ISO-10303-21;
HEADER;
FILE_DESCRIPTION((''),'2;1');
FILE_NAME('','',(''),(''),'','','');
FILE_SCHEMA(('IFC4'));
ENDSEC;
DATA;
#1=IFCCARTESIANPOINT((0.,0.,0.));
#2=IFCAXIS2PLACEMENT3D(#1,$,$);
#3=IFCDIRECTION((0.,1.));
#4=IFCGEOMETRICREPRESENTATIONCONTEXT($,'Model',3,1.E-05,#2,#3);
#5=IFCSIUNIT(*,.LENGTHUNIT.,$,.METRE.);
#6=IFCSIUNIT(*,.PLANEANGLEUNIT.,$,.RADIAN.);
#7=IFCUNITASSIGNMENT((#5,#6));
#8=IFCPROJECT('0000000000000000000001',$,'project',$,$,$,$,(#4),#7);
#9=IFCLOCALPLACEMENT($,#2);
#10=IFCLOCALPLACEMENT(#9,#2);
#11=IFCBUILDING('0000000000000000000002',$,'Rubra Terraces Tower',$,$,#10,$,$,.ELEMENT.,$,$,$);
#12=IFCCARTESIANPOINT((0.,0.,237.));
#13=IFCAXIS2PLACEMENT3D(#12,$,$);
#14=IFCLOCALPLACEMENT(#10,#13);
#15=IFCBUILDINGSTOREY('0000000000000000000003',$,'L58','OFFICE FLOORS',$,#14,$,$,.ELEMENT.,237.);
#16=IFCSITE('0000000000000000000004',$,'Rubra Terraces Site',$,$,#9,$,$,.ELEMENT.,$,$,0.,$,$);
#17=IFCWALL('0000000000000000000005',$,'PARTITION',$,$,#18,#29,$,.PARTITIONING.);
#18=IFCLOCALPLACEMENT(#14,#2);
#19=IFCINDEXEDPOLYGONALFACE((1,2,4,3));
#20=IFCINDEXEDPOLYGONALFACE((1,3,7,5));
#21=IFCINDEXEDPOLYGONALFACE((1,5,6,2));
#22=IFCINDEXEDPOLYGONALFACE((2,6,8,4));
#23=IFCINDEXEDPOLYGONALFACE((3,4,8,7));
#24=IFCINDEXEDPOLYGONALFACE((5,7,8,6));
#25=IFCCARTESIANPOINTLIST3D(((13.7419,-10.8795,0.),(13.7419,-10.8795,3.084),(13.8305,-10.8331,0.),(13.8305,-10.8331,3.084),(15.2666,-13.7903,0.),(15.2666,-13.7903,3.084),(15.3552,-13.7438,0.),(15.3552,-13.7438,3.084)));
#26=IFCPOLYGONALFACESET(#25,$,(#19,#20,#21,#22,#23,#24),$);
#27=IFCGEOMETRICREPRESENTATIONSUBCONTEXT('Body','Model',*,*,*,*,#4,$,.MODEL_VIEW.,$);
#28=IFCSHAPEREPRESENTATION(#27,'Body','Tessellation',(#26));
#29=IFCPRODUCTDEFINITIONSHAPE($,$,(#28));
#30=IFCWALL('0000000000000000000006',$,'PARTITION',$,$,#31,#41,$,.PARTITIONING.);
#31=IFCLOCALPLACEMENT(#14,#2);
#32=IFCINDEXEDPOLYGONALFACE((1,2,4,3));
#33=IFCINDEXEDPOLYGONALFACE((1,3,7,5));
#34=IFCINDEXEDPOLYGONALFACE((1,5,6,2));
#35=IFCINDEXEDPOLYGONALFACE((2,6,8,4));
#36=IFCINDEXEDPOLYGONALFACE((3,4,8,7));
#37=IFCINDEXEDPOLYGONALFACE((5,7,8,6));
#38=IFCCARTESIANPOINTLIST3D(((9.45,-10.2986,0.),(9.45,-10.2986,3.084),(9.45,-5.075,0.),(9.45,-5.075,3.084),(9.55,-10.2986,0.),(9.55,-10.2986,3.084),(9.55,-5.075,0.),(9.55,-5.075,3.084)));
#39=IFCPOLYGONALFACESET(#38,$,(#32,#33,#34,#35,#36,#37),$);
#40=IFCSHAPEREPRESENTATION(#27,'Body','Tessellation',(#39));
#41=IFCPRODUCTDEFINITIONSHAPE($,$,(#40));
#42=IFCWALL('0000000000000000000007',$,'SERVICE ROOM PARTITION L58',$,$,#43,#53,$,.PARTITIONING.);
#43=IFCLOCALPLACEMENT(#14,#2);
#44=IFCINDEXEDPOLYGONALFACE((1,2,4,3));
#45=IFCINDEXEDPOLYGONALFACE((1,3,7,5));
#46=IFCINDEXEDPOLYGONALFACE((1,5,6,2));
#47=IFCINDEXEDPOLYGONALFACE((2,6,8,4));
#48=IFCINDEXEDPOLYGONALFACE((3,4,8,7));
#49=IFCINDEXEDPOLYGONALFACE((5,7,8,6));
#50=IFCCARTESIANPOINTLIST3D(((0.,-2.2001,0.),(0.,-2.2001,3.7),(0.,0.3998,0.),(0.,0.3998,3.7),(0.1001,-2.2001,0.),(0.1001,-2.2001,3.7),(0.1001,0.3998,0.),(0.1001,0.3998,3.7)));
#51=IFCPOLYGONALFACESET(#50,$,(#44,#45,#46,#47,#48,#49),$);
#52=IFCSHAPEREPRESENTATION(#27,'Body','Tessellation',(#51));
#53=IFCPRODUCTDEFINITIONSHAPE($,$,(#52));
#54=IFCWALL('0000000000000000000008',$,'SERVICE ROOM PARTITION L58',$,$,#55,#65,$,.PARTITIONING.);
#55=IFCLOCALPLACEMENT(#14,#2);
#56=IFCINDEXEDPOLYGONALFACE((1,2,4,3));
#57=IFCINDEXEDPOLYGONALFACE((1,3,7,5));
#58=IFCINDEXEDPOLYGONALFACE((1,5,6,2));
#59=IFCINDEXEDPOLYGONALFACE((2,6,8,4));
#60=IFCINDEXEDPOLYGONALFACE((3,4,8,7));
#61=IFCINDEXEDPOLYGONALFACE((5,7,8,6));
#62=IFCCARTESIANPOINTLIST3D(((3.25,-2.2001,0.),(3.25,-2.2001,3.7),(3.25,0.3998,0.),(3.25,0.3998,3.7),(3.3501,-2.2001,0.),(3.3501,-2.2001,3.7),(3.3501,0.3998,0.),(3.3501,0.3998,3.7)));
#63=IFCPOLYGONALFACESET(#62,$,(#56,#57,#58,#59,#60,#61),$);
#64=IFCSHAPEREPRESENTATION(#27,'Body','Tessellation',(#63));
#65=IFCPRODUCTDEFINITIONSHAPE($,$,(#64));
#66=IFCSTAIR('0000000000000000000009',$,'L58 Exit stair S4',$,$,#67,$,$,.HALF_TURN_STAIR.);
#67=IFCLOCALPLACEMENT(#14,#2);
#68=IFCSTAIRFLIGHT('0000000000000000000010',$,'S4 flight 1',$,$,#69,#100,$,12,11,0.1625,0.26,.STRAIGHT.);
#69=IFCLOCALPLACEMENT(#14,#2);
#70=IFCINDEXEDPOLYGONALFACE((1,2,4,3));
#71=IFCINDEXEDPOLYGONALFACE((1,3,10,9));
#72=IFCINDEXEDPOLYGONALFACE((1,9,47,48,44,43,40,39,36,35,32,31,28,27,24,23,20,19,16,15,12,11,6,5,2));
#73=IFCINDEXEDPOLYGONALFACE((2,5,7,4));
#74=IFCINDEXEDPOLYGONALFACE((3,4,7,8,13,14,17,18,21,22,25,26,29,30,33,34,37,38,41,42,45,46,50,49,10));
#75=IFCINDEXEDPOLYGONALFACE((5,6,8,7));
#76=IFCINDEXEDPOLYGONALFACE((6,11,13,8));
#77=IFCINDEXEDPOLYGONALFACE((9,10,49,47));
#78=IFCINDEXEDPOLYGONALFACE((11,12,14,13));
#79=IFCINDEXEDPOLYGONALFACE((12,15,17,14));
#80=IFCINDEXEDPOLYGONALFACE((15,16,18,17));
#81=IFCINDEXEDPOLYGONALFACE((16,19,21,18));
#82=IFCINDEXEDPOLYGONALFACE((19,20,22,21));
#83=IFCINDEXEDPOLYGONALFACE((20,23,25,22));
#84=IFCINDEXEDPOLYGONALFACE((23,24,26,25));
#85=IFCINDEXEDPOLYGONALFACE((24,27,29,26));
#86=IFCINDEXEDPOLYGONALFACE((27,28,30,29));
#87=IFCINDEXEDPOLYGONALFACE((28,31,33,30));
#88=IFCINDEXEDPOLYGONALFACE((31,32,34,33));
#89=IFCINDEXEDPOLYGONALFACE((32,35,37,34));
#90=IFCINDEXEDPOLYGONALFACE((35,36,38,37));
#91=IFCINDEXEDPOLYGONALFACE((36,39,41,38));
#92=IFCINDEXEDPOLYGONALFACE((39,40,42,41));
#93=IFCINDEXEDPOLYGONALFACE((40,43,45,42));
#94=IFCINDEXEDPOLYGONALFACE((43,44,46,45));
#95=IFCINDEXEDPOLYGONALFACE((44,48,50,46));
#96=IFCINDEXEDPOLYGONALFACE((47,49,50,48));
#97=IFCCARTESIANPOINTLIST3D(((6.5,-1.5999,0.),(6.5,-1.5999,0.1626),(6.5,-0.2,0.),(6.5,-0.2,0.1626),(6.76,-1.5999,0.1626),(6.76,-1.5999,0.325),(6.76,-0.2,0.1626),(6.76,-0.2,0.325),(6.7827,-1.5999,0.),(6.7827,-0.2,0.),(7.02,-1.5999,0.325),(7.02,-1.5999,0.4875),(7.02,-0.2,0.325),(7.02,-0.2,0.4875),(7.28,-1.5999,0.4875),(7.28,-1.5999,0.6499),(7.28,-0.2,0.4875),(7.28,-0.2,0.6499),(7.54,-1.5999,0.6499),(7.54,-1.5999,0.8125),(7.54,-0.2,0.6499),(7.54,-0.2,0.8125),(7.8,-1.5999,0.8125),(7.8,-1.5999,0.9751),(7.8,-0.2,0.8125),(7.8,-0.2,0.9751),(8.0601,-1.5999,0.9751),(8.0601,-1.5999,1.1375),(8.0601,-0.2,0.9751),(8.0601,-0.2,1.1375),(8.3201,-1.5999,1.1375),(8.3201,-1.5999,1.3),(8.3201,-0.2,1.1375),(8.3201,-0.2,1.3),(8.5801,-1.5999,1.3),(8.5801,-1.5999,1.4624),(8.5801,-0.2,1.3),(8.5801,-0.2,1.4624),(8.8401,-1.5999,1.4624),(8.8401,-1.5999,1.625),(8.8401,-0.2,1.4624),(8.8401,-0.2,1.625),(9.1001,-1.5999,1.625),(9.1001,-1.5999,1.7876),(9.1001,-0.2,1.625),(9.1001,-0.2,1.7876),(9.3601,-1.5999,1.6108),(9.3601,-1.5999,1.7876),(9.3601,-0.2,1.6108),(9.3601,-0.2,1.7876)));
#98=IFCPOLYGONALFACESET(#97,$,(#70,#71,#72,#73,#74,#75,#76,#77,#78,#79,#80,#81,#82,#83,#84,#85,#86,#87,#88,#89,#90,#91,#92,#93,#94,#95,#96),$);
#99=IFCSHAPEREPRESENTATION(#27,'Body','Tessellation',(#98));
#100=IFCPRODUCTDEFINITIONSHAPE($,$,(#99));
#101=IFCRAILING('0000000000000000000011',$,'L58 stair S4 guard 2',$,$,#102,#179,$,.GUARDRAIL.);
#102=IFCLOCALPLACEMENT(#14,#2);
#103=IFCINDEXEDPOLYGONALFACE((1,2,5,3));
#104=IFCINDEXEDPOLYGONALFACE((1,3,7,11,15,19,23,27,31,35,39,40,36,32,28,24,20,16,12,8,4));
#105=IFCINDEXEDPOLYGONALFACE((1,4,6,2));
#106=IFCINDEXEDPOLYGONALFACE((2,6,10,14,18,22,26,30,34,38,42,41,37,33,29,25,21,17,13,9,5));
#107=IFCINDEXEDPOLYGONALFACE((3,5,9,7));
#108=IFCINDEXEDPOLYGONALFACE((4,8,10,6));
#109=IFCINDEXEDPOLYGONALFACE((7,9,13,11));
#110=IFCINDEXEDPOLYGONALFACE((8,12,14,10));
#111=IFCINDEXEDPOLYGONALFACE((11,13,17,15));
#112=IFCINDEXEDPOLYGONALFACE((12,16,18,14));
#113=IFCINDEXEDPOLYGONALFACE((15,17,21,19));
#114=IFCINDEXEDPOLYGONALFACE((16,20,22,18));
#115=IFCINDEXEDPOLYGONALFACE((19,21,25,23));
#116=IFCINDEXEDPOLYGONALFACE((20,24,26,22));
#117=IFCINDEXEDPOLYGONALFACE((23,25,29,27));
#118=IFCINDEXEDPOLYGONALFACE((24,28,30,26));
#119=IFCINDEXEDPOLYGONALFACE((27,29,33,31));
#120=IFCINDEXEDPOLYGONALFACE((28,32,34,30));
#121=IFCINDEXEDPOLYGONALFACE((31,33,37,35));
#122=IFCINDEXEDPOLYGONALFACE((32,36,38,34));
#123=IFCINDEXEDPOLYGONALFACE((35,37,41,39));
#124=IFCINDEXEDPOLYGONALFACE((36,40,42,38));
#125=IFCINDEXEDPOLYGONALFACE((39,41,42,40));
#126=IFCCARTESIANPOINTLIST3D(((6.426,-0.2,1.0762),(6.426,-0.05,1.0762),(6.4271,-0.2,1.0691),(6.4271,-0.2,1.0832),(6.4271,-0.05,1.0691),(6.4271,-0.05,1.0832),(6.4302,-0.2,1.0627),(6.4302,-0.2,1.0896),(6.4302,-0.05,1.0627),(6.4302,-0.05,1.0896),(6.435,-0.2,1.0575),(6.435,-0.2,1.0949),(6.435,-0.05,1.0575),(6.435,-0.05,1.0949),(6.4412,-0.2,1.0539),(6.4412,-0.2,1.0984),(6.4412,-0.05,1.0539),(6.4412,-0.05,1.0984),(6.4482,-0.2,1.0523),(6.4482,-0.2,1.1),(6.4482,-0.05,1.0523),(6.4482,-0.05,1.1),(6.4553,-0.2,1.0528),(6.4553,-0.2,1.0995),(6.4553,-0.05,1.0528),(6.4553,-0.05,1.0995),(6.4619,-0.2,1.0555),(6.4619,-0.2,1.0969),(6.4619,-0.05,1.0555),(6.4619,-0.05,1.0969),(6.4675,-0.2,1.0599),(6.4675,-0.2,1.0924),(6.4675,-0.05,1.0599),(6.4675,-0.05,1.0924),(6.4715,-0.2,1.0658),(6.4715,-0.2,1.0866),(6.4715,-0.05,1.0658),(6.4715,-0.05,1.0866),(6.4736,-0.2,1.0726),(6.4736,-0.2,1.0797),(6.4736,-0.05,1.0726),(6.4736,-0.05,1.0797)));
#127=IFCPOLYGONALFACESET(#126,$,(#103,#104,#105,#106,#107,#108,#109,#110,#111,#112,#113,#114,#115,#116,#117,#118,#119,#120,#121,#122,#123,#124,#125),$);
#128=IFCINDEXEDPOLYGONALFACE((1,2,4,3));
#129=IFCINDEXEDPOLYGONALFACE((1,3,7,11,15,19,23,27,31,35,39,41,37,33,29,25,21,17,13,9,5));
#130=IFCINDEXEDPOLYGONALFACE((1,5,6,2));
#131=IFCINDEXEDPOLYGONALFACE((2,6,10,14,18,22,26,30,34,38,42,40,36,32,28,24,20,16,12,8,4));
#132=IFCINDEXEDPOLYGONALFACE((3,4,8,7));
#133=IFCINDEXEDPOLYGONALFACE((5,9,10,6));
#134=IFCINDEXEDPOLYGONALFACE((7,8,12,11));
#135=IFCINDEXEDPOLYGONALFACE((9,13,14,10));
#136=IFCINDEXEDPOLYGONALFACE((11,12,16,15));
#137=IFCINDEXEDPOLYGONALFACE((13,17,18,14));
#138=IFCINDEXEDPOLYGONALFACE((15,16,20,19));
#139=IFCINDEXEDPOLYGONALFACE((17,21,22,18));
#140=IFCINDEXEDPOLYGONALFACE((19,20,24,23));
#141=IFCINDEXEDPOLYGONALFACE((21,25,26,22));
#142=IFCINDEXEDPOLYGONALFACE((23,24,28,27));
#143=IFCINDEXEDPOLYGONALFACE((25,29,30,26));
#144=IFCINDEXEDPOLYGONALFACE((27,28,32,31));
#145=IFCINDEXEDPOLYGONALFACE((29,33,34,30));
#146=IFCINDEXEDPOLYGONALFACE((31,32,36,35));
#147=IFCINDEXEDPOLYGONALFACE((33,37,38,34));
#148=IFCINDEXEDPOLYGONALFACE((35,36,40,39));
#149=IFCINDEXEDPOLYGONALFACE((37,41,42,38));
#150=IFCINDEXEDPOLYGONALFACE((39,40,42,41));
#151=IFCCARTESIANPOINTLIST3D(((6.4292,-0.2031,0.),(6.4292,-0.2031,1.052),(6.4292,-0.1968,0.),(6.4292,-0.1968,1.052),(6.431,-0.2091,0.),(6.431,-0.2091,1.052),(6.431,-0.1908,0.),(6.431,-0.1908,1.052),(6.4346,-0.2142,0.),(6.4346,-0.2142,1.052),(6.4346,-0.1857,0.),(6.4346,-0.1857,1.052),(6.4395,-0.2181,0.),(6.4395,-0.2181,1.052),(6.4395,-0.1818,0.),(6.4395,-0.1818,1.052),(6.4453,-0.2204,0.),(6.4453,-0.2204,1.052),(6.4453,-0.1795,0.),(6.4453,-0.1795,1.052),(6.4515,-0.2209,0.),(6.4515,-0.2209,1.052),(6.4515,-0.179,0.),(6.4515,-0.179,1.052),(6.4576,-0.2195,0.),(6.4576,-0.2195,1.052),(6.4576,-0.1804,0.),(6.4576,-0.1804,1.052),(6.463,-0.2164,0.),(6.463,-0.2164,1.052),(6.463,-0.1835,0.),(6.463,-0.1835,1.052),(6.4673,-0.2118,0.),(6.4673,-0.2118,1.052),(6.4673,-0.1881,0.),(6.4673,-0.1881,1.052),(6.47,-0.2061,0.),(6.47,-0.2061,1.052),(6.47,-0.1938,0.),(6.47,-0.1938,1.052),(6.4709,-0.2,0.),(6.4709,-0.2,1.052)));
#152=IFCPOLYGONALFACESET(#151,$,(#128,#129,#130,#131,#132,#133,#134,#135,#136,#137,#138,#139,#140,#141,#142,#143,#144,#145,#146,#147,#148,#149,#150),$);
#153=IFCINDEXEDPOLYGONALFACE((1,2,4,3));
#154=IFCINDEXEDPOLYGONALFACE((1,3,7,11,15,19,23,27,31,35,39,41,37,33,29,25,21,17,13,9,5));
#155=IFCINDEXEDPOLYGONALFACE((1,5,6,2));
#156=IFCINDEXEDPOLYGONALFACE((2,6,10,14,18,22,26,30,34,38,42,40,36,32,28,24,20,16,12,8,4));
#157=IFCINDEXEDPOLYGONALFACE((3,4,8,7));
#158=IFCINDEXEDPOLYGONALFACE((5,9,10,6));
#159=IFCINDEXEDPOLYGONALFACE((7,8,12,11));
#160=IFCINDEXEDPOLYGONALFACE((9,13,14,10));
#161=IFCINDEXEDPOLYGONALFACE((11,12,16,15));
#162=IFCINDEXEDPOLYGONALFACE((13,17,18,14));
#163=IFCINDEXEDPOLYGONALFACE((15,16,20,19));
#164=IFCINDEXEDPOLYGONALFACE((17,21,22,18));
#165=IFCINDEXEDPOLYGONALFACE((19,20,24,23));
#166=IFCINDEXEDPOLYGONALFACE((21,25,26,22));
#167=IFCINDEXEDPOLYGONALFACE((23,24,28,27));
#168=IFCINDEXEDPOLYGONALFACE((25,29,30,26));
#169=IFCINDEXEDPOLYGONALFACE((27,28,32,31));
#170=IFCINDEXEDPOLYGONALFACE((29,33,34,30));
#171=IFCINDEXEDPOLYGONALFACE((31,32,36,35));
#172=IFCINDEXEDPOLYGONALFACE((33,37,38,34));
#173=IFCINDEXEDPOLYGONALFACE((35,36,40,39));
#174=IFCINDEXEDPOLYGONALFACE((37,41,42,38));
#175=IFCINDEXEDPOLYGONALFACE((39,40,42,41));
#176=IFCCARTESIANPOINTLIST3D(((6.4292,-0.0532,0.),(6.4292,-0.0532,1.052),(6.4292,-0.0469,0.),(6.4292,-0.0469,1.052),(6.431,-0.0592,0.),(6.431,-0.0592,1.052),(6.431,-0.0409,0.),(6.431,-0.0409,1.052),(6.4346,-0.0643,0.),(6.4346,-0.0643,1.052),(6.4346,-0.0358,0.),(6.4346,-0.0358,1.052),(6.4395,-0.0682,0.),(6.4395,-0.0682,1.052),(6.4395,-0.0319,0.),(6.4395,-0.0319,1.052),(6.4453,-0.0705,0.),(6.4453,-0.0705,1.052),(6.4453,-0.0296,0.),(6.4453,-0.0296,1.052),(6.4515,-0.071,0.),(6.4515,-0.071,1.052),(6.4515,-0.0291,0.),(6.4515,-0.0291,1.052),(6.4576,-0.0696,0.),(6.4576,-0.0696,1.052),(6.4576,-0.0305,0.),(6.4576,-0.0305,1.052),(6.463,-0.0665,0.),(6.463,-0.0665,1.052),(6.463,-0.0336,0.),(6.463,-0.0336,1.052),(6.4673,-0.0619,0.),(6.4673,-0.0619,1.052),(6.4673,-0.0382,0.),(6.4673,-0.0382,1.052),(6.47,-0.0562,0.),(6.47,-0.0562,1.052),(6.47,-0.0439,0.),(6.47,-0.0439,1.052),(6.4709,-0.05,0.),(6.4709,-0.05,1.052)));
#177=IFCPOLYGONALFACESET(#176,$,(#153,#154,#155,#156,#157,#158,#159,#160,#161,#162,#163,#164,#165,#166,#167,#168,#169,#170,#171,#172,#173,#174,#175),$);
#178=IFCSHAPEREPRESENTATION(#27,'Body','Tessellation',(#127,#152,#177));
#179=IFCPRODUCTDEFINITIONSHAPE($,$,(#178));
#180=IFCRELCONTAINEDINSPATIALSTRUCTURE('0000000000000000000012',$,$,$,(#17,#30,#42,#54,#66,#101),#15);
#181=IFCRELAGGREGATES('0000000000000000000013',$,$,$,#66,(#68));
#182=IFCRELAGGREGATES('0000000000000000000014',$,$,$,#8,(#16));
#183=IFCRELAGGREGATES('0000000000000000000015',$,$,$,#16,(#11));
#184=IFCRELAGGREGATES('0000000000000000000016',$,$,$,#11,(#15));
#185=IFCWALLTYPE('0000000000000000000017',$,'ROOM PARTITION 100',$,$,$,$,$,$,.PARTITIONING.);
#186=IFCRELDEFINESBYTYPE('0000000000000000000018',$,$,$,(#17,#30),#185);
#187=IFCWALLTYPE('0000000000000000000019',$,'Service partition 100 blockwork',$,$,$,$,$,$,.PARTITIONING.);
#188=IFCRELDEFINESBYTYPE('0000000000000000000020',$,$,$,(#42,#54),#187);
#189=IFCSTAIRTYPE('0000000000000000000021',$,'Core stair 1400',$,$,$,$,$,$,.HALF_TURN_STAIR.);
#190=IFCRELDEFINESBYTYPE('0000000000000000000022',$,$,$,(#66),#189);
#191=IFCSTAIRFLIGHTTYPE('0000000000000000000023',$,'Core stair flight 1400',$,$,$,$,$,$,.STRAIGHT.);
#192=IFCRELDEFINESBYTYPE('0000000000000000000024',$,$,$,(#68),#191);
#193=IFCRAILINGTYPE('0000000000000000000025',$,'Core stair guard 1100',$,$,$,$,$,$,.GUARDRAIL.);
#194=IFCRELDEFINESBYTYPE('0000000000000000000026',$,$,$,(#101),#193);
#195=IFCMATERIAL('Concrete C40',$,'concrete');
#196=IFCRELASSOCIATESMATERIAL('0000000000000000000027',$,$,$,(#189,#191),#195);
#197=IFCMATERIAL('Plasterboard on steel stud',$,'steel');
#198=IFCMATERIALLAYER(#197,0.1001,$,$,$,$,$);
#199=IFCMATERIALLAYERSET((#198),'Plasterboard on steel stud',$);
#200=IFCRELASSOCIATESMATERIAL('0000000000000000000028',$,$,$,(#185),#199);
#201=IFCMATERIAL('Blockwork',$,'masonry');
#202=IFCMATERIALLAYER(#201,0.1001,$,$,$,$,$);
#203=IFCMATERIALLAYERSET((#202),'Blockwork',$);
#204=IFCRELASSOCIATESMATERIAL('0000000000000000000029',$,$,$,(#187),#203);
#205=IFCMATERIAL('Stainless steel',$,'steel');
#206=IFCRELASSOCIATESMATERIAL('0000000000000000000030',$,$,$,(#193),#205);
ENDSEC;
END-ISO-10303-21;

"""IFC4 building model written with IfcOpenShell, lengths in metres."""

from ifc_helpers import new_model, si_unit, direction, frame, frame_2d, origin, origin_2d, place, context, subcontext, project, spatial, polyline, rectangle, circle, outline, extrude, material, layer, layer_set, type_object, element, aggregate, save


model = new_model("IFC4")

# Units and contexts
model_context = context("Model", 3, precision=1e-05, world=origin(), true_north=direction((0.0, 1.0)))
body_context = subcontext(model_context, "Body", "Model", "MODEL_VIEW")
ifc_project = project(units=[si_unit("LENGTHUNIT", "METRE"), si_unit("PLANEANGLEUNIT", "RADIAN")], contexts=[model_context])

# Site, building, storey
site_placement = place(None, origin())
site = spatial("IfcSite", under=ifc_project, at=site_placement, Name="Rubra Terraces Site", CompositionType="ELEMENT", RefElevation=0.0)
building_placement = place(site_placement, origin())
building = spatial("IfcBuilding", under=site, at=building_placement, Name="Rubra Terraces Tower", CompositionType="ELEMENT")
storey_placement = place(building_placement, frame((0.0, 0.0, 237.0)))
storey = spatial("IfcBuildingStorey", under=building, at=storey_placement, Name="L58", Description="OFFICE FLOORS", CompositionType="ELEMENT", Elevation=237.0)

# Shared definitions
ifc_material_1 = material(Name="Concrete C40", Category="concrete")

# Shared definitions
stair_type = type_object("IfcStairType", Name="Core stair 1400", PredefinedType="HALF_TURN_STAIR", material=ifc_material_1)

# Walls
ifc_material_2 = material(Name="Plasterboard on steel stud", Category="steel")
ifc_layer_1 = layer(ifc_material_2, 0.1001)
ifc_layer_set_1 = layer_set([ifc_layer_1], Name="Plasterboard on steel stud")
wall_type_1 = type_object("IfcWallType", Name="ROOM PARTITION 100", PredefinedType="PARTITIONING", material=ifc_layer_set_1)
wall_1_placement = place(storey_placement, frame((13.7861, -10.8562, 0.0), z_axis=(0.0, 0.0, 1.0), x_axis=(0.464015, -0.885827, 0.0)))
element("IfcWall", 1, at=wall_1_placement, inside=storey, type_object=wall_type_1, Name="PARTITION", PredefinedType="PARTITIONING", context=body_context, shape_type="SweptSolid", body=[
    extrude(rectangle(XDim=3.2859, YDim=0.1001, at=frame_2d((1.6431, 0.0))), origin(), (0.0, 0.0, 1.0), 3.084),
])
wall_2_placement = place(storey_placement, frame((9.5, -10.2986, 0.0), z_axis=(0.0, 0.0, 1.0), x_axis=(0.0, 1.0, 0.0)))
element("IfcWall", 2, at=wall_2_placement, inside=storey, type_object=wall_type_1, Name="PARTITION", PredefinedType="PARTITIONING", context=body_context, shape_type="SweptSolid", body=[
    extrude(rectangle(XDim=5.2236, YDim=0.1001, at=frame_2d((2.6118, 0.0))), origin(), (0.0, 0.0, 1.0), 3.084),
])
ifc_material_3 = material(Name="Blockwork", Category="masonry")
ifc_layer_2 = layer(ifc_material_3, 0.1001)
ifc_layer_set_2 = layer_set([ifc_layer_2], Name="Blockwork")
wall_type_2 = type_object("IfcWallType", Name="Service partition 100 blockwork", PredefinedType="PARTITIONING", material=ifc_layer_set_2)
for number, where, z_axis, x_axis, name in (
    (3, (0.05, -2.2, 0.0), (0.0, 0.0, 1.0), (0.0, 1.0, 0.0), "SERVICE ROOM PARTITION L58"),
    (4, (3.3, -2.2, 0.0), (0.0, 0.0, 1.0), (0.0, 1.0, 0.0), "SERVICE ROOM PARTITION L58"),
):
    element("IfcWall", number, at=place(storey_placement, frame(where, z_axis=z_axis, x_axis=x_axis)), inside=storey, type_object=wall_type_2, Name=name, PredefinedType="PARTITIONING", context=body_context, shape_type="SweptSolid", body=[
        extrude(rectangle(XDim=2.5999, YDim=0.1001, at=frame_2d((1.2998, 0.0))), origin(), (0.0, 0.0, 1.0), 3.7),
    ])

# Stair, stair flight
stair_1_placement = place(storey_placement, origin())
stair_1 = element("IfcStair", 5, at=stair_1_placement, inside=storey, type_object=stair_type, Name="L58 Exit stair S4", PredefinedType="HALF_TURN_STAIR")
stair_flight_type = type_object("IfcStairFlightType", Name="Core stair flight 1400", PredefinedType="STRAIGHT", material=ifc_material_1)
stair_flight_placement = place(storey_placement, frame((6.5, -0.8999, 0.0), z_axis=(0.0, 0.0, 1.0), x_axis=(1.0, 0.0, 0.0)))
stair_flight = element("IfcStairFlight", 6, at=stair_flight_placement, type_object=stair_flight_type, Name="S4 flight 1", NumberOfRisers=12, NumberOfTreads=11, PredefinedType="STRAIGHT", RiserHeight=0.1625, TreadLength=0.26, context=body_context, shape_type="SweptSolid", body=[
    extrude(outline(polyline([(0.0, 0.0), (0.0, 0.1626), (0.26, 0.1626), (0.26, 0.325), (0.52, 0.325), (0.52, 0.4875), (0.78, 0.4875), (0.78, 0.6499), (1.04, 0.6499), (1.04, 0.8125), (1.3, 0.8125), (1.3, 0.9751), (1.5601, 0.9751), (1.5601, 1.1375), (1.8201, 1.1375), (1.8201, 1.3), (2.0801, 1.3), (2.0801, 1.4624), (2.3401, 1.4624), (2.3401, 1.625), (2.6001, 1.625), (2.6001, 1.7876), (2.8601, 1.7876), (2.8601, 1.95), (2.8601, 1.6108), (0.2827, 0.0), (0.0, 0.0)])), frame((0.0, 0.7, 0.0), z_axis=(0.0, -1.0, 0.0), x_axis=(1.0, 0.0, 0.0)), (0.0, 0.0, 1.0), 1.3999),
])
aggregate(stair_1, [stair_flight])

# Railing
ifc_material_4 = material(Name="Stainless steel", Category="steel")
railing_type_1 = type_object("IfcRailingType", Name="Core stair guard 1100", PredefinedType="GUARDRAIL", material=ifc_material_4)
railing_1_placement = place(storey_placement, frame((6.45, -0.2, 0.0)))
element("IfcRailing", 7, at=railing_1_placement, inside=storey, type_object=railing_type_1, Name="L58 stair S4 guard 2", PredefinedType="GUARDRAIL", context=body_context, shape_type="SweptSolid", body=[
    extrude(circle(Radius=0.0239, at=origin_2d()), frame((0.0, 0.0, 1.0762), z_axis=(0.0, 1.0, 0.0), x_axis=(-1.0, 0.0, 0.0)), (0.0, 0.0, 1.0), 0.1499),
    extrude(circle(Radius=0.021, at=origin_2d()), origin(), (0.0, 0.0, 1.0), 1.052),
    extrude(circle(Radius=0.021, at=origin_2d()), frame((0.0, 0.1499, 0.0)), (0.0, 0.0, 1.0), 1.052),
])

save(model, "model.ifc")
